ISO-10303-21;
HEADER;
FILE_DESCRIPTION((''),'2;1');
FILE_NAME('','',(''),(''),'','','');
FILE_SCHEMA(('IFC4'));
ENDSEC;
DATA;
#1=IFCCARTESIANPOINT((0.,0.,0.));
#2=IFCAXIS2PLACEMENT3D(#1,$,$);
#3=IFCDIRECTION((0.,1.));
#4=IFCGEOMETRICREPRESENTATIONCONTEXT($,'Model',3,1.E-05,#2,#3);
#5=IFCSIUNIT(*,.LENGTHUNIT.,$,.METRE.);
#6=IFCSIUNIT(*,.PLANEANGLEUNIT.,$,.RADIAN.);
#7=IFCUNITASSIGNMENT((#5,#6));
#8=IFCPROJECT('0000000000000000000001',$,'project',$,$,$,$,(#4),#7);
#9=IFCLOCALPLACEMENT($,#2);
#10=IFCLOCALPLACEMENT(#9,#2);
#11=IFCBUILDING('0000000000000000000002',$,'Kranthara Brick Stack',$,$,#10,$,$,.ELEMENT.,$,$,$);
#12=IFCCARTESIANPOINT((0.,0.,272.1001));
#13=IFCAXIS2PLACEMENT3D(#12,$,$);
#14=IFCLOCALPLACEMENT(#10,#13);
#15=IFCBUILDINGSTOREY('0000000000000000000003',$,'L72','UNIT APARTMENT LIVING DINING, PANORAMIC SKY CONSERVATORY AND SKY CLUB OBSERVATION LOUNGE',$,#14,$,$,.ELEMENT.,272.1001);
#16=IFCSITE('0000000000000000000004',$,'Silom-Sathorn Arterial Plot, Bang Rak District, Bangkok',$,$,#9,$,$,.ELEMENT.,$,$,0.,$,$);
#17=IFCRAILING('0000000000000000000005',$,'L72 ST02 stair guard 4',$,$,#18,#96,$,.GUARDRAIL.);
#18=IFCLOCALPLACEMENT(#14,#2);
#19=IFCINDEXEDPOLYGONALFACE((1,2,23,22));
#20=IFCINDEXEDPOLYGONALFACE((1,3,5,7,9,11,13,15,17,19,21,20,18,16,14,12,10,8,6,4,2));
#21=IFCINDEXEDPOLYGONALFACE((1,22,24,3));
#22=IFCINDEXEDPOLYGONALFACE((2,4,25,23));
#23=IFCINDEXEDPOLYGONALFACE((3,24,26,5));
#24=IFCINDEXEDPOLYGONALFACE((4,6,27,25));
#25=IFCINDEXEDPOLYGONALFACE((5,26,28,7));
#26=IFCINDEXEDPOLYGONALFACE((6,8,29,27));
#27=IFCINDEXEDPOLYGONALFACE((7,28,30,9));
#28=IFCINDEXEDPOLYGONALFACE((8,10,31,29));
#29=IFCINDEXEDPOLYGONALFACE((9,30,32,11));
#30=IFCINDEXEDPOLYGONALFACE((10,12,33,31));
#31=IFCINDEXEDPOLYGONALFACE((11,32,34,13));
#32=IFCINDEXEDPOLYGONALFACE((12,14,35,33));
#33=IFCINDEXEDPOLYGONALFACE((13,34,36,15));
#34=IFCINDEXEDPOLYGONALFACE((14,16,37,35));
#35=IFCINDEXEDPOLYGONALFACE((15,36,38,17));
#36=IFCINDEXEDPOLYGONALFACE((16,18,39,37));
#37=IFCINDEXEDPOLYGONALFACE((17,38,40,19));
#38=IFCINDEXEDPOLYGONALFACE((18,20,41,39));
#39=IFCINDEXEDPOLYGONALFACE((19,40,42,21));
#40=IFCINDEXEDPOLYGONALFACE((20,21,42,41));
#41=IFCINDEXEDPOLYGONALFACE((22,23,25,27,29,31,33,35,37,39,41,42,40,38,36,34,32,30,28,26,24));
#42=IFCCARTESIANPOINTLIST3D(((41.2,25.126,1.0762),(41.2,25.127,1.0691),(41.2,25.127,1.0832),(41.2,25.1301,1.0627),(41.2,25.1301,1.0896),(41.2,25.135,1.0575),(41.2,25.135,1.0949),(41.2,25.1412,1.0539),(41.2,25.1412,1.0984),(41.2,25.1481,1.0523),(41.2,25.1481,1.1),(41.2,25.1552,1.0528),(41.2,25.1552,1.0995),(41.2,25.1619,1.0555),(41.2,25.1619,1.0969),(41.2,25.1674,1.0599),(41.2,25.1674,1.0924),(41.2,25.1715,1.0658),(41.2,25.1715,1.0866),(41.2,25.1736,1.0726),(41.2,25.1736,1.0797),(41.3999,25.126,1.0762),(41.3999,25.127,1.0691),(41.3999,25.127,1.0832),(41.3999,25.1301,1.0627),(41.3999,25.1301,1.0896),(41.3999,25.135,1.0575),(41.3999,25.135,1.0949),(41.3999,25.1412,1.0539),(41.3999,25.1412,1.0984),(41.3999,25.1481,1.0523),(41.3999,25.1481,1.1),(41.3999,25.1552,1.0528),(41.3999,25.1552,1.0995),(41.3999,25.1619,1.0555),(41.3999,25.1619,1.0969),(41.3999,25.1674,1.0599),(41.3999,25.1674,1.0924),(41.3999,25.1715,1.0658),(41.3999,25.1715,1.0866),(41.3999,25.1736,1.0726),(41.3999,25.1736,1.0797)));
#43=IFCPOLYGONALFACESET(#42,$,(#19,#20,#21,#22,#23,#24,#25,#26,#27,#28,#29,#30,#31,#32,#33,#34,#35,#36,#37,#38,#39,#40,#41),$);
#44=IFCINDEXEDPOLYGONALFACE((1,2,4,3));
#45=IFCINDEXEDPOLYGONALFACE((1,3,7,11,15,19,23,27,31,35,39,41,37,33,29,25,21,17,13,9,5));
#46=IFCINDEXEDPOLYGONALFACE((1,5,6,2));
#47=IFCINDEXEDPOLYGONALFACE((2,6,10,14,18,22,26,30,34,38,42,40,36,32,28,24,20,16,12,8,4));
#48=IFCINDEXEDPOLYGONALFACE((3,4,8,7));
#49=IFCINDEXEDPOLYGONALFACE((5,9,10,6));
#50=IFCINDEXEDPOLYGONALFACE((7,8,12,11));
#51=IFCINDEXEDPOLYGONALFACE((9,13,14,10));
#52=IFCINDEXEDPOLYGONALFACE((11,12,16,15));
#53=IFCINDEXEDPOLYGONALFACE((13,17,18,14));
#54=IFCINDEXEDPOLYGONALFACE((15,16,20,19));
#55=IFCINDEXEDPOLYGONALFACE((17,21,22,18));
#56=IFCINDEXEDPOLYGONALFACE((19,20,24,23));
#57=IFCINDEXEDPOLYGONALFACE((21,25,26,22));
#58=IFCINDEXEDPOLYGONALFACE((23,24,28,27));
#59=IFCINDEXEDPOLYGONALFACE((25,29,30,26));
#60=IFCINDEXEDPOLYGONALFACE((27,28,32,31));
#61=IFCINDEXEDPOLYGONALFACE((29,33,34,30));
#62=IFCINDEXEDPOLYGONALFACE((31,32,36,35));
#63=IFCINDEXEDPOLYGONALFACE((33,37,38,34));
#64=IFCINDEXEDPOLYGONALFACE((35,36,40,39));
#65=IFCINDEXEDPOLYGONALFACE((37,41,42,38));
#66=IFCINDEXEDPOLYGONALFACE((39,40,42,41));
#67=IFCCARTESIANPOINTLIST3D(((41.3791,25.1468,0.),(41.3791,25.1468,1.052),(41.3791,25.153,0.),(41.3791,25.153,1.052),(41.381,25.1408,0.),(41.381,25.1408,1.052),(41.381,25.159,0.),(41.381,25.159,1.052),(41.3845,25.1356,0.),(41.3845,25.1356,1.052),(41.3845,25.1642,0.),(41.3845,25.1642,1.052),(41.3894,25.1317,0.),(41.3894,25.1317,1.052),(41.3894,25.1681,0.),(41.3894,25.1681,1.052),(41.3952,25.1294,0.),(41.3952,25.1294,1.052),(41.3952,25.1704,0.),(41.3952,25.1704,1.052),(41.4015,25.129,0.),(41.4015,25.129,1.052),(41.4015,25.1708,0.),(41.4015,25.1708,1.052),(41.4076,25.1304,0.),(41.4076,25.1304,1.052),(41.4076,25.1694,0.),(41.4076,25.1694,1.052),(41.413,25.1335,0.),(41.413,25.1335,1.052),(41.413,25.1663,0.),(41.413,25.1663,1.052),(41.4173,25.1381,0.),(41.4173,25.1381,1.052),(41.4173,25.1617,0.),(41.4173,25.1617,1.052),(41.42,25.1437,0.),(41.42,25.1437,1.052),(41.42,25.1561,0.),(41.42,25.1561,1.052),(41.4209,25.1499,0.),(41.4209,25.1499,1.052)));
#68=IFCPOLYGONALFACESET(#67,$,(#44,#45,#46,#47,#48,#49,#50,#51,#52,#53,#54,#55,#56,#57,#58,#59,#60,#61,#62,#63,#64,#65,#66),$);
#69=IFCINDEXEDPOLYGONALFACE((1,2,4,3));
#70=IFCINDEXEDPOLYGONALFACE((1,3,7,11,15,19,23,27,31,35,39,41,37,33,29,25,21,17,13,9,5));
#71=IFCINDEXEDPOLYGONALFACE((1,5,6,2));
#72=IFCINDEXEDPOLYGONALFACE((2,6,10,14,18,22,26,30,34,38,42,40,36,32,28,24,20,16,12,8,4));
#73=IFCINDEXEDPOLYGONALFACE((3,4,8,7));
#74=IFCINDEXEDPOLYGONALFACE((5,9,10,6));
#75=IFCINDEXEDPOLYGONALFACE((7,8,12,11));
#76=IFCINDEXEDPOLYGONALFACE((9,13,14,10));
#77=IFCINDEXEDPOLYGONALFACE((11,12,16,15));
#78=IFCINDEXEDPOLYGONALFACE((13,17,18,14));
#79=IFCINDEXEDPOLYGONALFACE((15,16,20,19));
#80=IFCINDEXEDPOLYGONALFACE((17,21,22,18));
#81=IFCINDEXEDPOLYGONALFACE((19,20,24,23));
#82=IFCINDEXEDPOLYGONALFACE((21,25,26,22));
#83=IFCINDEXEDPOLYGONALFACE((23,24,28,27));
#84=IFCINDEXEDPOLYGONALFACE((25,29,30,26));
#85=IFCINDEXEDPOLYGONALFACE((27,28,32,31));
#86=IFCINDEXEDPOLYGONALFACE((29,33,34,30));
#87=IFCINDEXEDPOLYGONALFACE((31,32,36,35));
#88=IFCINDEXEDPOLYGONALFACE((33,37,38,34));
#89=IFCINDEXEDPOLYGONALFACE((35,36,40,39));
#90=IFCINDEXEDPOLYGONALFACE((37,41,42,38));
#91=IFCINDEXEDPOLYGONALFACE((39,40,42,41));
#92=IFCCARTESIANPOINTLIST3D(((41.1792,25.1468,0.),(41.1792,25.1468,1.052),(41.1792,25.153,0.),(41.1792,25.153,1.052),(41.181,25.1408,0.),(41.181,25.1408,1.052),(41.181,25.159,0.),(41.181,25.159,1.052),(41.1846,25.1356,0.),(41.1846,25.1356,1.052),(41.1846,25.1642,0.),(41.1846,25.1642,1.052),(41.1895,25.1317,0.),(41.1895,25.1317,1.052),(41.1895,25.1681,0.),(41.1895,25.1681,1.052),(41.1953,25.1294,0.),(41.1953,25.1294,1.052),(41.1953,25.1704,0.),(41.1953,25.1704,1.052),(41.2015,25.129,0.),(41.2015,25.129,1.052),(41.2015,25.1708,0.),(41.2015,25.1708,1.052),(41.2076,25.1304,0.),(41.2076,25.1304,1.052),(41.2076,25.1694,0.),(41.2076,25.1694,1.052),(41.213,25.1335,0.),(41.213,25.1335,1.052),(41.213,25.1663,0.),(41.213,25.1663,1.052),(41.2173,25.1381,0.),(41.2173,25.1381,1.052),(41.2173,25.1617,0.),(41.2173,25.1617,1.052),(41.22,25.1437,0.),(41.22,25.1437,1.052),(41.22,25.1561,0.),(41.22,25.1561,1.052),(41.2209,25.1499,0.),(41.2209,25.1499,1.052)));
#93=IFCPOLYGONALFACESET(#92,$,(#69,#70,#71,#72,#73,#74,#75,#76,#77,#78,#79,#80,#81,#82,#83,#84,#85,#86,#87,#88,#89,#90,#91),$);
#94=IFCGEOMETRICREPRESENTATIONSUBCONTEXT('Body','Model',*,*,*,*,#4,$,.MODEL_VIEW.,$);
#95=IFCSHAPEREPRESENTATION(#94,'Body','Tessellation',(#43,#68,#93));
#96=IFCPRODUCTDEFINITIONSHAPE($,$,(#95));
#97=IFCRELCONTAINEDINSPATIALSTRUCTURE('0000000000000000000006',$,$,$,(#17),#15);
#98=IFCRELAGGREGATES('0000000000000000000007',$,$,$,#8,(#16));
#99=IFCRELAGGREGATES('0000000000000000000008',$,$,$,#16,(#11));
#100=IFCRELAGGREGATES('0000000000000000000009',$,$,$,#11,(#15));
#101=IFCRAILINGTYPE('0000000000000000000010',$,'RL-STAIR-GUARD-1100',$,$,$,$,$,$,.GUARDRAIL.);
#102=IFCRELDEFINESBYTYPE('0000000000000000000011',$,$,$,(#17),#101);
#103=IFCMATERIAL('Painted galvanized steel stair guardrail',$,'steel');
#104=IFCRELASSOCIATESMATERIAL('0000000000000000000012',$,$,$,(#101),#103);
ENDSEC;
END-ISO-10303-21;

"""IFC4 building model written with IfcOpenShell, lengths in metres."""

from ifc_helpers import new_model, si_unit, direction, frame, origin, origin_2d, place, context, subcontext, project, spatial, circle, extrude, material, type_object, element, save


model = new_model("IFC4")

# Units and contexts
model_context = context("Model", 3, precision=1e-05, world=origin(), true_north=direction((0.0, 1.0)))
body_context = subcontext(model_context, "Body", "Model", "MODEL_VIEW")
ifc_project = project(units=[si_unit("LENGTHUNIT", "METRE"), si_unit("PLANEANGLEUNIT", "RADIAN")], contexts=[model_context])

# Site, building, storey
site_placement = place(None, origin())
site = spatial("IfcSite", under=ifc_project, at=site_placement, Name="Silom-Sathorn Arterial Plot, Bang Rak District, Bangkok", CompositionType="ELEMENT", RefElevation=0.0)
building_placement = place(site_placement, origin())
building = spatial("IfcBuilding", under=site, at=building_placement, Name="Kranthara Brick Stack", CompositionType="ELEMENT")
storey_placement = place(building_placement, frame((0.0, 0.0, 272.1001)))
storey = spatial("IfcBuildingStorey", under=building, at=storey_placement, Name="L72", Description="UNIT APARTMENT LIVING DINING, PANORAMIC SKY CONSERVATORY AND SKY CLUB OBSERVATION LOUNGE", CompositionType="ELEMENT", Elevation=272.1001)

# Railing
ifc_material_1 = material(Name="Painted galvanized steel stair guardrail", Category="steel")
railing_type_1 = type_object("IfcRailingType", Name="RL-STAIR-GUARD-1100", PredefinedType="GUARDRAIL", material=ifc_material_1)
railing_1_placement = place(storey_placement, frame((41.3999, 25.1499, 0.0)))
element("IfcRailing", 1, at=railing_1_placement, inside=storey, type_object=railing_type_1, Name="L72 ST02 stair guard 4", PredefinedType="GUARDRAIL", context=body_context, shape_type="SweptSolid", body=[
    extrude(circle(Radius=0.0239, at=origin_2d()), frame((0.0, 0.0, 1.0762), z_axis=(-1.0, 0.0, 0.0), x_axis=(0.0, -1.0, 0.0)), (0.0, 0.0, 1.0), 0.2),
    extrude(circle(Radius=0.021, at=origin_2d()), origin(), (0.0, 0.0, 1.0), 1.052),
    extrude(circle(Radius=0.021, at=origin_2d()), frame((-0.2, 0.0, 0.0)), (0.0, 0.0, 1.0), 1.052),
])

save(model, "model.ifc")
